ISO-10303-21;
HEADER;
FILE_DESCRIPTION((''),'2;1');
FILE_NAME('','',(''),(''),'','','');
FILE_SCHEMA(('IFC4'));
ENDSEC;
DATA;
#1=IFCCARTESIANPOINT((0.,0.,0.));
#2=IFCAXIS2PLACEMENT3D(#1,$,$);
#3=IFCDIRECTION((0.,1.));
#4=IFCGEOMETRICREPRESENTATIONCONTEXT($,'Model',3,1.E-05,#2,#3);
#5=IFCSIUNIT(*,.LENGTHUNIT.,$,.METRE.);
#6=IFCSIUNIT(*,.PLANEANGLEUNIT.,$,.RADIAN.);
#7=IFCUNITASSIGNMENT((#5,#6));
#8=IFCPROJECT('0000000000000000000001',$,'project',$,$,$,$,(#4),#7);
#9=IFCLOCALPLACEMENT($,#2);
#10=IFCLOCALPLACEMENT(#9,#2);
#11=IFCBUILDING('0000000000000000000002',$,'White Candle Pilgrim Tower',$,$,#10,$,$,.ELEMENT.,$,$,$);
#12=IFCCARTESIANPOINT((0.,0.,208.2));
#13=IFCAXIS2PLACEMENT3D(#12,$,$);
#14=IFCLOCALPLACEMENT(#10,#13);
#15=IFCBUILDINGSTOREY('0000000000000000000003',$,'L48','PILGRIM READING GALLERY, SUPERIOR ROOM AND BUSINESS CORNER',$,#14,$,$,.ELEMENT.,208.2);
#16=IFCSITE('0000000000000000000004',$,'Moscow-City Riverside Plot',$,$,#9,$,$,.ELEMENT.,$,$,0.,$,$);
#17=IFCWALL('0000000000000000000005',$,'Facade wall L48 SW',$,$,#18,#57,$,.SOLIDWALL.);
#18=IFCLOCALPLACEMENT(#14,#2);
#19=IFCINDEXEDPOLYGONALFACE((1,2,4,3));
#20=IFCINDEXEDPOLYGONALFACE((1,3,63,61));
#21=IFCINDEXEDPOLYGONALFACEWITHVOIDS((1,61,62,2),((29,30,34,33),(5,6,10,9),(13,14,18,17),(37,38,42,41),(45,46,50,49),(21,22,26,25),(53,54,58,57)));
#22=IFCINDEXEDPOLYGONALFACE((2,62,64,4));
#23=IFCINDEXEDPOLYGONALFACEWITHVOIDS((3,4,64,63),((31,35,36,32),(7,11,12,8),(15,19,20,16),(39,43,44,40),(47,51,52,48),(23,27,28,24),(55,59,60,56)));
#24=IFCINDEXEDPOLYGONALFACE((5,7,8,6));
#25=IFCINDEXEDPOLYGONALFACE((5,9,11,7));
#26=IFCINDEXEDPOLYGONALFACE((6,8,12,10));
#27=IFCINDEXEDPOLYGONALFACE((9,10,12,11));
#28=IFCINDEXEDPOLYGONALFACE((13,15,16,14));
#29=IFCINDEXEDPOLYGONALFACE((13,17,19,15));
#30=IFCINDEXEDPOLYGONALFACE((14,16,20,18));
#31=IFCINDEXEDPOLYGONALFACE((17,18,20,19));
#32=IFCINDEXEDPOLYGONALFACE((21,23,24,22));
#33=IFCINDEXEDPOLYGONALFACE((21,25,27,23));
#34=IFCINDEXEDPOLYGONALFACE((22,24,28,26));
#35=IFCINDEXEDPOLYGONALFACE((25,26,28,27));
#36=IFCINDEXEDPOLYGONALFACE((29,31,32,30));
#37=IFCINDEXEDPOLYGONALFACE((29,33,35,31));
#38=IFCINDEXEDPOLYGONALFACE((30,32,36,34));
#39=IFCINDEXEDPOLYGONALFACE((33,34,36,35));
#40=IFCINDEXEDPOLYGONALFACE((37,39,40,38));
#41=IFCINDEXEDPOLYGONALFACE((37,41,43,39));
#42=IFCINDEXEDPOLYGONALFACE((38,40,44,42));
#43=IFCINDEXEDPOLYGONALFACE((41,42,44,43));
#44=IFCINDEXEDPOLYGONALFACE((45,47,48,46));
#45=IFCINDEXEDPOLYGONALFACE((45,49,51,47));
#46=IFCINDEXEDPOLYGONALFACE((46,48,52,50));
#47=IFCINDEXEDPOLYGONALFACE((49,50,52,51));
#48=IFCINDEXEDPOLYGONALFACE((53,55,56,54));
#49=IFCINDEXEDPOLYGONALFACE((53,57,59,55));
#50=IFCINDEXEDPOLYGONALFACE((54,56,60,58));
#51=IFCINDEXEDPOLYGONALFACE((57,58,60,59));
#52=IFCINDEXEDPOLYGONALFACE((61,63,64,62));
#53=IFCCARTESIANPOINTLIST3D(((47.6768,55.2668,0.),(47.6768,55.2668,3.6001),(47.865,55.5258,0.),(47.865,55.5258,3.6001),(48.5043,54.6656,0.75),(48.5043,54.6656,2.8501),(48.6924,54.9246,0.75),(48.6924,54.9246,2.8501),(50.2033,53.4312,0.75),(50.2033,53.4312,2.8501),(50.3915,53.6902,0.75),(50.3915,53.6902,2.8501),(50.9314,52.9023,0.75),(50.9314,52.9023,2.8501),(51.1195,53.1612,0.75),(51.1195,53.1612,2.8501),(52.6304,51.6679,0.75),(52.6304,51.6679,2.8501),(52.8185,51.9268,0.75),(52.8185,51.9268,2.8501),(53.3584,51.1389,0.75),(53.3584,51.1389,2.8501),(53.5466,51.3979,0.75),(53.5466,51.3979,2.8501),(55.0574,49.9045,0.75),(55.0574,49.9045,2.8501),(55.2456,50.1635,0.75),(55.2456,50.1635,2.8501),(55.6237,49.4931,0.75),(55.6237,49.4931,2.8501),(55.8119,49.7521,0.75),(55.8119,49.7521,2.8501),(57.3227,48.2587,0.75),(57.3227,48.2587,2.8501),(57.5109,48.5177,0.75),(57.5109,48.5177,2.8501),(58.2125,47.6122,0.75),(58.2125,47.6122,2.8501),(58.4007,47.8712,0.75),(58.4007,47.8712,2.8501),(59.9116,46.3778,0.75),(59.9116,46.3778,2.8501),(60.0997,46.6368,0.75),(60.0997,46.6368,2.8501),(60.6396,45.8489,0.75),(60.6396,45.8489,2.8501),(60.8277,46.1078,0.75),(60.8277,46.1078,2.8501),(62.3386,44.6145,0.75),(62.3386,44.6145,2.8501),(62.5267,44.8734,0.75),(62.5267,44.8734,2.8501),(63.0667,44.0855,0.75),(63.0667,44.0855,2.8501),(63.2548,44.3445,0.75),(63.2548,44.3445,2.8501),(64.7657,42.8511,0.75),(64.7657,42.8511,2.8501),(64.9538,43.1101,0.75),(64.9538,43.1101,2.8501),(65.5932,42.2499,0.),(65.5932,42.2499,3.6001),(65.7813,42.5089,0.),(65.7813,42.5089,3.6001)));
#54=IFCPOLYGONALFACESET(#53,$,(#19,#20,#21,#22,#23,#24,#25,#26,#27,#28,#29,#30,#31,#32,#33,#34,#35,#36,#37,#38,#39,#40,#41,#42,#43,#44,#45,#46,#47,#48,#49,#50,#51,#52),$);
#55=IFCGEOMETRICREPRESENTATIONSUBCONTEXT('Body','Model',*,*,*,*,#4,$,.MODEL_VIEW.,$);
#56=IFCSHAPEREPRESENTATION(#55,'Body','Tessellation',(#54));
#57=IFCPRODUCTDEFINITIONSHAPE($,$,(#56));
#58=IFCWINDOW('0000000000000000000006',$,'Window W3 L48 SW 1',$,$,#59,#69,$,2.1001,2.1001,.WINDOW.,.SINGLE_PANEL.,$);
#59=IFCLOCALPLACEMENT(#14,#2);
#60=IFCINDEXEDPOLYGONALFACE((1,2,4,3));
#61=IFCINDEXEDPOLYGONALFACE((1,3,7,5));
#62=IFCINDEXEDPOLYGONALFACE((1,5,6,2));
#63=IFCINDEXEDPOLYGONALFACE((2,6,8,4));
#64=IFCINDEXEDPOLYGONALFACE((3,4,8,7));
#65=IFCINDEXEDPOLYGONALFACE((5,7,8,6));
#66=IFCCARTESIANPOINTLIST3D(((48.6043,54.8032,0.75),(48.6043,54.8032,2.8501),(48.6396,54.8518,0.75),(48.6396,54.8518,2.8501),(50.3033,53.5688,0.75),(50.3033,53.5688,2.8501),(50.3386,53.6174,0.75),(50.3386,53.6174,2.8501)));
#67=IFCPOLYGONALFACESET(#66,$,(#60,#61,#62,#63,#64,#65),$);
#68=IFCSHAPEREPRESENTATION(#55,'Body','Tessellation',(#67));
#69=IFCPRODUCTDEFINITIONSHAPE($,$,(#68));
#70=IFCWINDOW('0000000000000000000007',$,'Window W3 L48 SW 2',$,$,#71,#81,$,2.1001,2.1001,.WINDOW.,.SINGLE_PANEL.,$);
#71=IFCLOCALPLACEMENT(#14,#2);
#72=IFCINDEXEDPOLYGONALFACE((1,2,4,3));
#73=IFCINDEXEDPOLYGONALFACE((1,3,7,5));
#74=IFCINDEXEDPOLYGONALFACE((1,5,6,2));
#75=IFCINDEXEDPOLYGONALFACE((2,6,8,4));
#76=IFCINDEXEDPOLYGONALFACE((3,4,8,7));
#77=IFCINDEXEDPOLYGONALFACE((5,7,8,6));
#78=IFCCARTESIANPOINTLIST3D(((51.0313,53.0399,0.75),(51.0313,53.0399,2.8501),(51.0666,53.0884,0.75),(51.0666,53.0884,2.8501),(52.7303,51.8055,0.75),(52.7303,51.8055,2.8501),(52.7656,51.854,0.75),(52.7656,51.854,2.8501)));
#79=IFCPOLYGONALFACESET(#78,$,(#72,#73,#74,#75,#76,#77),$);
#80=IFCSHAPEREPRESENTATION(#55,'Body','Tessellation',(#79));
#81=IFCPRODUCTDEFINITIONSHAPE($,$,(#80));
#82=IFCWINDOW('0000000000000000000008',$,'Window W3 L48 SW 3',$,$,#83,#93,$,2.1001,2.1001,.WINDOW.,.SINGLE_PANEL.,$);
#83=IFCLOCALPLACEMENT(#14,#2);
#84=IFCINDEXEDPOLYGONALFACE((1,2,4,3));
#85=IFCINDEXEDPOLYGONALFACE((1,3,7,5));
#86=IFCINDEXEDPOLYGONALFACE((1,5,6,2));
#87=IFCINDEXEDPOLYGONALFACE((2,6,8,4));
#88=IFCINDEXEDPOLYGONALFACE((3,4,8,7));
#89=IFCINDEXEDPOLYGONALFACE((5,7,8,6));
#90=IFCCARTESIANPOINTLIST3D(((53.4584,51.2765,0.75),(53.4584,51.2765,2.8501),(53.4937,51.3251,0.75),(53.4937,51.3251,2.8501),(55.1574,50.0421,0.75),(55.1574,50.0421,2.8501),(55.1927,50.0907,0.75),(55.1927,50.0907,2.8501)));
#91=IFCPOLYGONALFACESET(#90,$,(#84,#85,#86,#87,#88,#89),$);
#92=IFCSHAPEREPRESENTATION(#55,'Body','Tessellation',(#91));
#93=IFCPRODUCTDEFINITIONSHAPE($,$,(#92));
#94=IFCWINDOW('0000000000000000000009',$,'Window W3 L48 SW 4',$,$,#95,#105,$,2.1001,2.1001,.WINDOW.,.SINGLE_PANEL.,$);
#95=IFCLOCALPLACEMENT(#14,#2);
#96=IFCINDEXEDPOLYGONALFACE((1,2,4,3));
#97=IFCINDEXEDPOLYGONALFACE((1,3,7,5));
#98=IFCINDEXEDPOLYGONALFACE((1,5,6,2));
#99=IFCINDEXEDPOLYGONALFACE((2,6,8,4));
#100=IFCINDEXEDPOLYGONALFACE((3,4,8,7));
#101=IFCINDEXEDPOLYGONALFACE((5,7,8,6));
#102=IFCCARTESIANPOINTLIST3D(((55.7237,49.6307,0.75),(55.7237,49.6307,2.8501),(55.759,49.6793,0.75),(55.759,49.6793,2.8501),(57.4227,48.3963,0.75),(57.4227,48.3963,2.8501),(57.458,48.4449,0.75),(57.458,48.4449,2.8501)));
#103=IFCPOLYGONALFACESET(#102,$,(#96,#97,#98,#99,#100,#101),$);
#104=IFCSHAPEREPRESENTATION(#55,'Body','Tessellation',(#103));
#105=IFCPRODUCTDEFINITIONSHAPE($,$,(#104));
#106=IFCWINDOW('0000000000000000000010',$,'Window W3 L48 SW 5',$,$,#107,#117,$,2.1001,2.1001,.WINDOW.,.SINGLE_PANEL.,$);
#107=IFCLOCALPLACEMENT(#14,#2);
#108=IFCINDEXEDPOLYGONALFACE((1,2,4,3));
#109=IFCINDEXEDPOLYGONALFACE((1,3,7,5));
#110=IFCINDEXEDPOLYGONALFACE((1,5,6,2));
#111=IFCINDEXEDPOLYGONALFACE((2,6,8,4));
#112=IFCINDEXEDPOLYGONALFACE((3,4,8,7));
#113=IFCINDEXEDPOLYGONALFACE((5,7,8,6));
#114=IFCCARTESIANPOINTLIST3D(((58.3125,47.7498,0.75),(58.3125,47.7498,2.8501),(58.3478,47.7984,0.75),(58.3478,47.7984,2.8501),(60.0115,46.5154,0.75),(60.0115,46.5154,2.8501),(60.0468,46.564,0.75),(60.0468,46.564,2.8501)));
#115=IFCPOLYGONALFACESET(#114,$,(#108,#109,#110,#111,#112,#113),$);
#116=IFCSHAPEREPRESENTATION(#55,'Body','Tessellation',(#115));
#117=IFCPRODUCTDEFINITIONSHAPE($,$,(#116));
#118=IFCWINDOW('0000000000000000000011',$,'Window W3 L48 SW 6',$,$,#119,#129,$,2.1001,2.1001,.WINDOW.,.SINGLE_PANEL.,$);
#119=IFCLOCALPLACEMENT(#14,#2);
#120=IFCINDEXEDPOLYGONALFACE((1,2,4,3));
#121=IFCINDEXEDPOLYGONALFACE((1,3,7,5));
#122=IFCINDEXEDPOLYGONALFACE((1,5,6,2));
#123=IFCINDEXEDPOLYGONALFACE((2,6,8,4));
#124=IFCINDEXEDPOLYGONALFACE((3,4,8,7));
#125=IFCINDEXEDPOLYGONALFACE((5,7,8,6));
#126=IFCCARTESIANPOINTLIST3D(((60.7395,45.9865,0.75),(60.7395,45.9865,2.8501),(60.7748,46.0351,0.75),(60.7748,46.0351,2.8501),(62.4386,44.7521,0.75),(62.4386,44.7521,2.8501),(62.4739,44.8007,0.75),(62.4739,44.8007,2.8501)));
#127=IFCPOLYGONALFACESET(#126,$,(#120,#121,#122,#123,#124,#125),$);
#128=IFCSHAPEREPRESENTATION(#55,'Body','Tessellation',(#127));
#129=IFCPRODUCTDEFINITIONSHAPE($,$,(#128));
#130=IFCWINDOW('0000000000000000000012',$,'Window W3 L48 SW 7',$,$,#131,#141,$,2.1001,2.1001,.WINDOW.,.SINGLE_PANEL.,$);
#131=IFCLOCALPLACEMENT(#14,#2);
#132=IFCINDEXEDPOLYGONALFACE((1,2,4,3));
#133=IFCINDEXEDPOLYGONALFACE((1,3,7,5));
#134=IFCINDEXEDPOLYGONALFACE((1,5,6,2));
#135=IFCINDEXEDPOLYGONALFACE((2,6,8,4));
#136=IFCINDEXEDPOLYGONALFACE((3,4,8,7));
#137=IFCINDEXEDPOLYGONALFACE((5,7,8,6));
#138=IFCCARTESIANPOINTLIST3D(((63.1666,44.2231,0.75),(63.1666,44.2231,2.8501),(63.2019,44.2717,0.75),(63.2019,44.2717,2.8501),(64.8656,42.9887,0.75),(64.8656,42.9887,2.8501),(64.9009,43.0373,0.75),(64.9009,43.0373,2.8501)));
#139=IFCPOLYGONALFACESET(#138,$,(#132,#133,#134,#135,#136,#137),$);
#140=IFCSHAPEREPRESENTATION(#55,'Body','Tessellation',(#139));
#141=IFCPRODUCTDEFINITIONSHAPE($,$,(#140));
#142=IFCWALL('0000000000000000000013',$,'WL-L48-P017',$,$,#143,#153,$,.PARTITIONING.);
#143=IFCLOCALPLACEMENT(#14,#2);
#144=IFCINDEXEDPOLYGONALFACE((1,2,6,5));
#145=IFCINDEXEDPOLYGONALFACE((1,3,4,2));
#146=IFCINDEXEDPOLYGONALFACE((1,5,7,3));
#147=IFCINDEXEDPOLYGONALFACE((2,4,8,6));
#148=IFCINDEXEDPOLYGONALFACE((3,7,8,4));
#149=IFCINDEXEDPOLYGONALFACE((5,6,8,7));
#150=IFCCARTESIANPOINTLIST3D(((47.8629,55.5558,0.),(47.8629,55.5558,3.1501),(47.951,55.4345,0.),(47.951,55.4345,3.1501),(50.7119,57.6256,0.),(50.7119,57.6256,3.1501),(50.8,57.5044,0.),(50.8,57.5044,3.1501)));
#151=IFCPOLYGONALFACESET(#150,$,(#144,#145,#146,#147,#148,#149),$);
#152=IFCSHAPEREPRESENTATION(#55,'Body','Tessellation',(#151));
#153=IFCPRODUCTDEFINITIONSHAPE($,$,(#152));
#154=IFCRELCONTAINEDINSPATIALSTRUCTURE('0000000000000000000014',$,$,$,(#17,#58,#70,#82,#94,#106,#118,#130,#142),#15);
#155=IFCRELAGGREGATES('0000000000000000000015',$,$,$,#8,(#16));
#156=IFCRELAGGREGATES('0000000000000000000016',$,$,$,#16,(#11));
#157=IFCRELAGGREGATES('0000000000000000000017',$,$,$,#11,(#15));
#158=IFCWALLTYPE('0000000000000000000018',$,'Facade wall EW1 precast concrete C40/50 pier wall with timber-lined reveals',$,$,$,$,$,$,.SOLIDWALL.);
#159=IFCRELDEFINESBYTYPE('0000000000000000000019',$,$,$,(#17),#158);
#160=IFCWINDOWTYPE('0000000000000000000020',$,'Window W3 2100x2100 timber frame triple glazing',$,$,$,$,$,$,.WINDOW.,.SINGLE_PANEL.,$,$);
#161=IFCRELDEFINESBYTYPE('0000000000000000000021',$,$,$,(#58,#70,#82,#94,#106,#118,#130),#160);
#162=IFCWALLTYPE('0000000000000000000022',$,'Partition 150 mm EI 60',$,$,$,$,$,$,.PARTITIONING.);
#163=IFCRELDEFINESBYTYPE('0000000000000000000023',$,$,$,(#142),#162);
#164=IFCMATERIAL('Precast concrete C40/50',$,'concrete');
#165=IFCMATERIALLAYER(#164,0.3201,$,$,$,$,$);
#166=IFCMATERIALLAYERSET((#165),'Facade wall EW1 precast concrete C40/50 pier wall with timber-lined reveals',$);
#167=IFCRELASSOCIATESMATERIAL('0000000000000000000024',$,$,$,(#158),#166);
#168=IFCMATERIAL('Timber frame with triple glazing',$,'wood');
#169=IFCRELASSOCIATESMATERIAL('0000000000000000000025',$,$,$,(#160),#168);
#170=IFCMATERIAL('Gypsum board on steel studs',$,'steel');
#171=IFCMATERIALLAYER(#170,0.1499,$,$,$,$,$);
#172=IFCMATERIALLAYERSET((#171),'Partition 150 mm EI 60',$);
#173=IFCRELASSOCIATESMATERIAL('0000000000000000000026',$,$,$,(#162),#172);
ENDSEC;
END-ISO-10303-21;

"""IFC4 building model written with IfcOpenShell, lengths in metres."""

from ifc_helpers import new_model, si_unit, direction, frame, frame_2d, origin, place, context, subcontext, project, spatial, rectangle, extrude, material, layer, layer_set, type_object, element, fill, save


model = new_model("IFC4")

# Units and contexts
model_context = context("Model", 3, precision=1e-05, world=origin(), true_north=direction((0.0, 1.0)))
body_context = subcontext(model_context, "Body", "Model", "MODEL_VIEW")
ifc_project = project(units=[si_unit("LENGTHUNIT", "METRE"), si_unit("PLANEANGLEUNIT", "RADIAN")], contexts=[model_context])

# Site, building, storey
site_placement = place(None, origin())
site = spatial("IfcSite", under=ifc_project, at=site_placement, Name="Moscow-City Riverside Plot", CompositionType="ELEMENT", RefElevation=0.0)
building_placement = place(site_placement, origin())
building = spatial("IfcBuilding", under=site, at=building_placement, Name="White Candle Pilgrim Tower", CompositionType="ELEMENT")
storey_placement = place(building_placement, frame((0.0, 0.0, 208.2)))
storey = spatial("IfcBuildingStorey", under=building, at=storey_placement, Name="L48", Description="PILGRIM READING GALLERY, SUPERIOR ROOM AND BUSINESS CORNER", CompositionType="ELEMENT", Elevation=208.2)

# Shared definitions
ifc_material_1 = material(Name="Gypsum board on steel studs", Category="steel")

# Wall, openings, windows
ifc_material_2 = material(Name="Precast concrete C40/50", Category="concrete")
ifc_layer_1 = layer(ifc_material_2, 0.3201)
ifc_layer_set_1 = layer_set([ifc_layer_1], Name="Facade wall EW1 precast concrete C40/50 pier wall with timber-lined reveals")
wall_type_1 = type_object("IfcWallType", Name="Facade wall EW1 precast concrete C40/50 pier wall with timber-lined reveals", PredefinedType="SOLIDWALL", material=ifc_layer_set_1)
wall_1_placement = place(storey_placement, frame((47.771, 55.3962, 0.0), z_axis=(0.0, 0.0, 1.0), x_axis=(0.809019, -0.587783, 0.0)))
wall_1 = element("IfcWall", 1, at=wall_1_placement, inside=storey, type_object=wall_type_1, Name="Facade wall L48 SW", PredefinedType="SOLIDWALL", context=body_context, shape_type="SweptSolid", body=[
    extrude(rectangle(XDim=22.1458, YDim=0.3201, at=frame_2d((11.0728, 0.0))), origin(), (0.0, 0.0, 1.0), 3.6001),
])
opening_1_placement = place(wall_1_placement, frame((1.0227, 0.0, 0.75)))
opening_1 = element("IfcOpeningElement", 2, at=opening_1_placement, cuts=wall_1, PredefinedType="OPENING", context=body_context, shape_type="SweptSolid", body=[
    extrude(rectangle(XDim=2.1001, YDim=2.1001, at=frame_2d((1.05, 1.05))), frame((0.0, 0.1699, 0.0), z_axis=(0.0, -1.0, 0.0), x_axis=(1.0, 0.0, 0.0)), (0.0, 0.0, 1.0), 0.3401),
])
opening_2_placement = place(wall_1_placement, frame((4.0227, 0.0, 0.75)))
opening_2 = element("IfcOpeningElement", 3, at=opening_2_placement, cuts=wall_1, PredefinedType="OPENING", context=body_context, shape_type="SweptSolid", body=[
    extrude(rectangle(XDim=2.1001, YDim=2.1001, at=frame_2d((1.05, 1.05))), frame((0.0, 0.1699, 0.0), z_axis=(0.0, -1.0, 0.0), x_axis=(1.0, 0.0, 0.0)), (0.0, 0.0, 1.0), 0.3401),
])
opening_3_placement = place(wall_1_placement, frame((7.0227, 0.0, 0.75)))
opening_3 = element("IfcOpeningElement", 4, at=opening_3_placement, cuts=wall_1, PredefinedType="OPENING", context=body_context, shape_type="SweptSolid", body=[
    extrude(rectangle(XDim=2.1001, YDim=2.1001, at=frame_2d((1.05, 1.05))), frame((0.0, 0.1699, 0.0), z_axis=(0.0, -1.0, 0.0), x_axis=(1.0, 0.0, 0.0)), (0.0, 0.0, 1.0), 0.3401),
])
opening_4_placement = place(wall_1_placement, frame((9.8228, 0.0, 0.75)))
opening_4 = element("IfcOpeningElement", 5, at=opening_4_placement, cuts=wall_1, PredefinedType="OPENING", context=body_context, shape_type="SweptSolid", body=[
    extrude(rectangle(XDim=2.1001, YDim=2.1001, at=frame_2d((1.05, 1.05))), frame((0.0, 0.1699, 0.0), z_axis=(0.0, -1.0, 0.0), x_axis=(1.0, 0.0, 0.0)), (0.0, 0.0, 1.0), 0.3401),
])
opening_5_placement = place(wall_1_placement, frame((13.0227, 0.0, 0.75)))
opening_5 = element("IfcOpeningElement", 6, at=opening_5_placement, cuts=wall_1, PredefinedType="OPENING", context=body_context, shape_type="SweptSolid", body=[
    extrude(rectangle(XDim=2.1001, YDim=2.1001, at=frame_2d((1.05, 1.05))), frame((0.0, 0.1699, 0.0), z_axis=(0.0, -1.0, 0.0), x_axis=(1.0, 0.0, 0.0)), (0.0, 0.0, 1.0), 0.3401),
])
opening_6_placement = place(wall_1_placement, frame((16.0227, 0.0, 0.75)))
opening_6 = element("IfcOpeningElement", 7, at=opening_6_placement, cuts=wall_1, PredefinedType="OPENING", context=body_context, shape_type="SweptSolid", body=[
    extrude(rectangle(XDim=2.1001, YDim=2.1001, at=frame_2d((1.05, 1.05))), frame((0.0, 0.1699, 0.0), z_axis=(0.0, -1.0, 0.0), x_axis=(1.0, 0.0, 0.0)), (0.0, 0.0, 1.0), 0.3401),
])
opening_7_placement = place(wall_1_placement, frame((19.0227, 0.0, 0.75)))
opening_7 = element("IfcOpeningElement", 8, at=opening_7_placement, cuts=wall_1, PredefinedType="OPENING", context=body_context, shape_type="SweptSolid", body=[
    extrude(rectangle(XDim=2.1001, YDim=2.1001, at=frame_2d((1.05, 1.05))), frame((0.0, 0.1699, 0.0), z_axis=(0.0, -1.0, 0.0), x_axis=(1.0, 0.0, 0.0)), (0.0, 0.0, 1.0), 0.3401),
])
ifc_material_3 = material(Name="Timber frame with triple glazing", Category="wood")
window_type = type_object("IfcWindowType", Name="Window W3 2100x2100 timber frame triple glazing", PartitioningType="SINGLE_PANEL", PredefinedType="WINDOW", material=ifc_material_3)
window_1_placement = place(opening_1_placement, origin())
window_1 = element("IfcWindow", 9, at=window_1_placement, inside=storey, type_object=window_type, Name="Window W3 L48 SW 1", OverallHeight=2.1001, OverallWidth=2.1001, PartitioningType="SINGLE_PANEL", PredefinedType="WINDOW", context=body_context, shape_type="SweptSolid", body=[
    extrude(rectangle(XDim=2.1001, YDim=2.1001, at=frame_2d((1.05, 1.05))), frame((0.0, 0.0701, 0.0), z_axis=(0.0, -1.0, 0.0), x_axis=(1.0, 0.0, 0.0)), (0.0, 0.0, 1.0), 0.0601),
])
fill(opening_1, window_1)
window_2_placement = place(opening_2_placement, origin())
window_2 = element("IfcWindow", 10, at=window_2_placement, inside=storey, type_object=window_type, Name="Window W3 L48 SW 2", OverallHeight=2.1001, OverallWidth=2.1001, PartitioningType="SINGLE_PANEL", PredefinedType="WINDOW", context=body_context, shape_type="SweptSolid", body=[
    extrude(rectangle(XDim=2.1001, YDim=2.1001, at=frame_2d((1.05, 1.05))), frame((0.0, 0.0701, 0.0), z_axis=(0.0, -1.0, 0.0), x_axis=(1.0, 0.0, 0.0)), (0.0, 0.0, 1.0), 0.0601),
])
fill(opening_2, window_2)
window_3_placement = place(opening_3_placement, origin())
window_3 = element("IfcWindow", 11, at=window_3_placement, inside=storey, type_object=window_type, Name="Window W3 L48 SW 3", OverallHeight=2.1001, OverallWidth=2.1001, PartitioningType="SINGLE_PANEL", PredefinedType="WINDOW", context=body_context, shape_type="SweptSolid", body=[
    extrude(rectangle(XDim=2.1001, YDim=2.1001, at=frame_2d((1.05, 1.05))), frame((0.0, 0.0701, 0.0), z_axis=(0.0, -1.0, 0.0), x_axis=(1.0, 0.0, 0.0)), (0.0, 0.0, 1.0), 0.0601),
])
fill(opening_3, window_3)
window_4_placement = place(opening_4_placement, origin())
window_4 = element("IfcWindow", 12, at=window_4_placement, inside=storey, type_object=window_type, Name="Window W3 L48 SW 4", OverallHeight=2.1001, OverallWidth=2.1001, PartitioningType="SINGLE_PANEL", PredefinedType="WINDOW", context=body_context, shape_type="SweptSolid", body=[
    extrude(rectangle(XDim=2.1001, YDim=2.1001, at=frame_2d((1.05, 1.05))), frame((0.0, 0.0701, 0.0), z_axis=(0.0, -1.0, 0.0), x_axis=(1.0, 0.0, 0.0)), (0.0, 0.0, 1.0), 0.0601),
])
fill(opening_4, window_4)
window_5_placement = place(opening_5_placement, origin())
window_5 = element("IfcWindow", 13, at=window_5_placement, inside=storey, type_object=window_type, Name="Window W3 L48 SW 5", OverallHeight=2.1001, OverallWidth=2.1001, PartitioningType="SINGLE_PANEL", PredefinedType="WINDOW", context=body_context, shape_type="SweptSolid", body=[
    extrude(rectangle(XDim=2.1001, YDim=2.1001, at=frame_2d((1.05, 1.05))), frame((0.0, 0.0701, 0.0), z_axis=(0.0, -1.0, 0.0), x_axis=(1.0, 0.0, 0.0)), (0.0, 0.0, 1.0), 0.0601),
])
fill(opening_5, window_5)
window_6_placement = place(opening_6_placement, origin())
window_6 = element("IfcWindow", 14, at=window_6_placement, inside=storey, type_object=window_type, Name="Window W3 L48 SW 6", OverallHeight=2.1001, OverallWidth=2.1001, PartitioningType="SINGLE_PANEL", PredefinedType="WINDOW", context=body_context, shape_type="SweptSolid", body=[
    extrude(rectangle(XDim=2.1001, YDim=2.1001, at=frame_2d((1.05, 1.05))), frame((0.0, 0.0701, 0.0), z_axis=(0.0, -1.0, 0.0), x_axis=(1.0, 0.0, 0.0)), (0.0, 0.0, 1.0), 0.0601),
])
fill(opening_6, window_6)
window_7_placement = place(opening_7_placement, origin())
window_7 = element("IfcWindow", 15, at=window_7_placement, inside=storey, type_object=window_type, Name="Window W3 L48 SW 7", OverallHeight=2.1001, OverallWidth=2.1001, PartitioningType="SINGLE_PANEL", PredefinedType="WINDOW", context=body_context, shape_type="SweptSolid", body=[
    extrude(rectangle(XDim=2.1001, YDim=2.1001, at=frame_2d((1.05, 1.05))), frame((0.0, 0.0701, 0.0), z_axis=(0.0, -1.0, 0.0), x_axis=(1.0, 0.0, 0.0)), (0.0, 0.0, 1.0), 0.0601),
])
fill(opening_7, window_7)

# Wall
ifc_layer_2 = layer(ifc_material_1, 0.1499)
ifc_layer_set_2 = layer_set([ifc_layer_2], Name="Partition 150 mm EI 60")
wall_type_2 = type_object("IfcWallType", Name="Partition 150 mm EI 60", PredefinedType="PARTITIONING", material=ifc_layer_set_2)
wall_2_placement = place(storey_placement, frame((47.907, 55.4951, 0.0), z_axis=(0.0, 0.0, 1.0), x_axis=(0.809018, 0.587784, 0.0)))
element("IfcWall", 16, at=wall_2_placement, inside=storey, type_object=wall_type_2, Name="WL-L48-P017", PredefinedType="PARTITIONING", context=body_context, shape_type="SweptSolid", body=[
    extrude(rectangle(XDim=3.5215, YDim=0.1499, at=frame_2d((1.7607, 0.0))), origin(), (0.0, 0.0, 1.0), 3.1501),
])

save(model, "model.ifc")
